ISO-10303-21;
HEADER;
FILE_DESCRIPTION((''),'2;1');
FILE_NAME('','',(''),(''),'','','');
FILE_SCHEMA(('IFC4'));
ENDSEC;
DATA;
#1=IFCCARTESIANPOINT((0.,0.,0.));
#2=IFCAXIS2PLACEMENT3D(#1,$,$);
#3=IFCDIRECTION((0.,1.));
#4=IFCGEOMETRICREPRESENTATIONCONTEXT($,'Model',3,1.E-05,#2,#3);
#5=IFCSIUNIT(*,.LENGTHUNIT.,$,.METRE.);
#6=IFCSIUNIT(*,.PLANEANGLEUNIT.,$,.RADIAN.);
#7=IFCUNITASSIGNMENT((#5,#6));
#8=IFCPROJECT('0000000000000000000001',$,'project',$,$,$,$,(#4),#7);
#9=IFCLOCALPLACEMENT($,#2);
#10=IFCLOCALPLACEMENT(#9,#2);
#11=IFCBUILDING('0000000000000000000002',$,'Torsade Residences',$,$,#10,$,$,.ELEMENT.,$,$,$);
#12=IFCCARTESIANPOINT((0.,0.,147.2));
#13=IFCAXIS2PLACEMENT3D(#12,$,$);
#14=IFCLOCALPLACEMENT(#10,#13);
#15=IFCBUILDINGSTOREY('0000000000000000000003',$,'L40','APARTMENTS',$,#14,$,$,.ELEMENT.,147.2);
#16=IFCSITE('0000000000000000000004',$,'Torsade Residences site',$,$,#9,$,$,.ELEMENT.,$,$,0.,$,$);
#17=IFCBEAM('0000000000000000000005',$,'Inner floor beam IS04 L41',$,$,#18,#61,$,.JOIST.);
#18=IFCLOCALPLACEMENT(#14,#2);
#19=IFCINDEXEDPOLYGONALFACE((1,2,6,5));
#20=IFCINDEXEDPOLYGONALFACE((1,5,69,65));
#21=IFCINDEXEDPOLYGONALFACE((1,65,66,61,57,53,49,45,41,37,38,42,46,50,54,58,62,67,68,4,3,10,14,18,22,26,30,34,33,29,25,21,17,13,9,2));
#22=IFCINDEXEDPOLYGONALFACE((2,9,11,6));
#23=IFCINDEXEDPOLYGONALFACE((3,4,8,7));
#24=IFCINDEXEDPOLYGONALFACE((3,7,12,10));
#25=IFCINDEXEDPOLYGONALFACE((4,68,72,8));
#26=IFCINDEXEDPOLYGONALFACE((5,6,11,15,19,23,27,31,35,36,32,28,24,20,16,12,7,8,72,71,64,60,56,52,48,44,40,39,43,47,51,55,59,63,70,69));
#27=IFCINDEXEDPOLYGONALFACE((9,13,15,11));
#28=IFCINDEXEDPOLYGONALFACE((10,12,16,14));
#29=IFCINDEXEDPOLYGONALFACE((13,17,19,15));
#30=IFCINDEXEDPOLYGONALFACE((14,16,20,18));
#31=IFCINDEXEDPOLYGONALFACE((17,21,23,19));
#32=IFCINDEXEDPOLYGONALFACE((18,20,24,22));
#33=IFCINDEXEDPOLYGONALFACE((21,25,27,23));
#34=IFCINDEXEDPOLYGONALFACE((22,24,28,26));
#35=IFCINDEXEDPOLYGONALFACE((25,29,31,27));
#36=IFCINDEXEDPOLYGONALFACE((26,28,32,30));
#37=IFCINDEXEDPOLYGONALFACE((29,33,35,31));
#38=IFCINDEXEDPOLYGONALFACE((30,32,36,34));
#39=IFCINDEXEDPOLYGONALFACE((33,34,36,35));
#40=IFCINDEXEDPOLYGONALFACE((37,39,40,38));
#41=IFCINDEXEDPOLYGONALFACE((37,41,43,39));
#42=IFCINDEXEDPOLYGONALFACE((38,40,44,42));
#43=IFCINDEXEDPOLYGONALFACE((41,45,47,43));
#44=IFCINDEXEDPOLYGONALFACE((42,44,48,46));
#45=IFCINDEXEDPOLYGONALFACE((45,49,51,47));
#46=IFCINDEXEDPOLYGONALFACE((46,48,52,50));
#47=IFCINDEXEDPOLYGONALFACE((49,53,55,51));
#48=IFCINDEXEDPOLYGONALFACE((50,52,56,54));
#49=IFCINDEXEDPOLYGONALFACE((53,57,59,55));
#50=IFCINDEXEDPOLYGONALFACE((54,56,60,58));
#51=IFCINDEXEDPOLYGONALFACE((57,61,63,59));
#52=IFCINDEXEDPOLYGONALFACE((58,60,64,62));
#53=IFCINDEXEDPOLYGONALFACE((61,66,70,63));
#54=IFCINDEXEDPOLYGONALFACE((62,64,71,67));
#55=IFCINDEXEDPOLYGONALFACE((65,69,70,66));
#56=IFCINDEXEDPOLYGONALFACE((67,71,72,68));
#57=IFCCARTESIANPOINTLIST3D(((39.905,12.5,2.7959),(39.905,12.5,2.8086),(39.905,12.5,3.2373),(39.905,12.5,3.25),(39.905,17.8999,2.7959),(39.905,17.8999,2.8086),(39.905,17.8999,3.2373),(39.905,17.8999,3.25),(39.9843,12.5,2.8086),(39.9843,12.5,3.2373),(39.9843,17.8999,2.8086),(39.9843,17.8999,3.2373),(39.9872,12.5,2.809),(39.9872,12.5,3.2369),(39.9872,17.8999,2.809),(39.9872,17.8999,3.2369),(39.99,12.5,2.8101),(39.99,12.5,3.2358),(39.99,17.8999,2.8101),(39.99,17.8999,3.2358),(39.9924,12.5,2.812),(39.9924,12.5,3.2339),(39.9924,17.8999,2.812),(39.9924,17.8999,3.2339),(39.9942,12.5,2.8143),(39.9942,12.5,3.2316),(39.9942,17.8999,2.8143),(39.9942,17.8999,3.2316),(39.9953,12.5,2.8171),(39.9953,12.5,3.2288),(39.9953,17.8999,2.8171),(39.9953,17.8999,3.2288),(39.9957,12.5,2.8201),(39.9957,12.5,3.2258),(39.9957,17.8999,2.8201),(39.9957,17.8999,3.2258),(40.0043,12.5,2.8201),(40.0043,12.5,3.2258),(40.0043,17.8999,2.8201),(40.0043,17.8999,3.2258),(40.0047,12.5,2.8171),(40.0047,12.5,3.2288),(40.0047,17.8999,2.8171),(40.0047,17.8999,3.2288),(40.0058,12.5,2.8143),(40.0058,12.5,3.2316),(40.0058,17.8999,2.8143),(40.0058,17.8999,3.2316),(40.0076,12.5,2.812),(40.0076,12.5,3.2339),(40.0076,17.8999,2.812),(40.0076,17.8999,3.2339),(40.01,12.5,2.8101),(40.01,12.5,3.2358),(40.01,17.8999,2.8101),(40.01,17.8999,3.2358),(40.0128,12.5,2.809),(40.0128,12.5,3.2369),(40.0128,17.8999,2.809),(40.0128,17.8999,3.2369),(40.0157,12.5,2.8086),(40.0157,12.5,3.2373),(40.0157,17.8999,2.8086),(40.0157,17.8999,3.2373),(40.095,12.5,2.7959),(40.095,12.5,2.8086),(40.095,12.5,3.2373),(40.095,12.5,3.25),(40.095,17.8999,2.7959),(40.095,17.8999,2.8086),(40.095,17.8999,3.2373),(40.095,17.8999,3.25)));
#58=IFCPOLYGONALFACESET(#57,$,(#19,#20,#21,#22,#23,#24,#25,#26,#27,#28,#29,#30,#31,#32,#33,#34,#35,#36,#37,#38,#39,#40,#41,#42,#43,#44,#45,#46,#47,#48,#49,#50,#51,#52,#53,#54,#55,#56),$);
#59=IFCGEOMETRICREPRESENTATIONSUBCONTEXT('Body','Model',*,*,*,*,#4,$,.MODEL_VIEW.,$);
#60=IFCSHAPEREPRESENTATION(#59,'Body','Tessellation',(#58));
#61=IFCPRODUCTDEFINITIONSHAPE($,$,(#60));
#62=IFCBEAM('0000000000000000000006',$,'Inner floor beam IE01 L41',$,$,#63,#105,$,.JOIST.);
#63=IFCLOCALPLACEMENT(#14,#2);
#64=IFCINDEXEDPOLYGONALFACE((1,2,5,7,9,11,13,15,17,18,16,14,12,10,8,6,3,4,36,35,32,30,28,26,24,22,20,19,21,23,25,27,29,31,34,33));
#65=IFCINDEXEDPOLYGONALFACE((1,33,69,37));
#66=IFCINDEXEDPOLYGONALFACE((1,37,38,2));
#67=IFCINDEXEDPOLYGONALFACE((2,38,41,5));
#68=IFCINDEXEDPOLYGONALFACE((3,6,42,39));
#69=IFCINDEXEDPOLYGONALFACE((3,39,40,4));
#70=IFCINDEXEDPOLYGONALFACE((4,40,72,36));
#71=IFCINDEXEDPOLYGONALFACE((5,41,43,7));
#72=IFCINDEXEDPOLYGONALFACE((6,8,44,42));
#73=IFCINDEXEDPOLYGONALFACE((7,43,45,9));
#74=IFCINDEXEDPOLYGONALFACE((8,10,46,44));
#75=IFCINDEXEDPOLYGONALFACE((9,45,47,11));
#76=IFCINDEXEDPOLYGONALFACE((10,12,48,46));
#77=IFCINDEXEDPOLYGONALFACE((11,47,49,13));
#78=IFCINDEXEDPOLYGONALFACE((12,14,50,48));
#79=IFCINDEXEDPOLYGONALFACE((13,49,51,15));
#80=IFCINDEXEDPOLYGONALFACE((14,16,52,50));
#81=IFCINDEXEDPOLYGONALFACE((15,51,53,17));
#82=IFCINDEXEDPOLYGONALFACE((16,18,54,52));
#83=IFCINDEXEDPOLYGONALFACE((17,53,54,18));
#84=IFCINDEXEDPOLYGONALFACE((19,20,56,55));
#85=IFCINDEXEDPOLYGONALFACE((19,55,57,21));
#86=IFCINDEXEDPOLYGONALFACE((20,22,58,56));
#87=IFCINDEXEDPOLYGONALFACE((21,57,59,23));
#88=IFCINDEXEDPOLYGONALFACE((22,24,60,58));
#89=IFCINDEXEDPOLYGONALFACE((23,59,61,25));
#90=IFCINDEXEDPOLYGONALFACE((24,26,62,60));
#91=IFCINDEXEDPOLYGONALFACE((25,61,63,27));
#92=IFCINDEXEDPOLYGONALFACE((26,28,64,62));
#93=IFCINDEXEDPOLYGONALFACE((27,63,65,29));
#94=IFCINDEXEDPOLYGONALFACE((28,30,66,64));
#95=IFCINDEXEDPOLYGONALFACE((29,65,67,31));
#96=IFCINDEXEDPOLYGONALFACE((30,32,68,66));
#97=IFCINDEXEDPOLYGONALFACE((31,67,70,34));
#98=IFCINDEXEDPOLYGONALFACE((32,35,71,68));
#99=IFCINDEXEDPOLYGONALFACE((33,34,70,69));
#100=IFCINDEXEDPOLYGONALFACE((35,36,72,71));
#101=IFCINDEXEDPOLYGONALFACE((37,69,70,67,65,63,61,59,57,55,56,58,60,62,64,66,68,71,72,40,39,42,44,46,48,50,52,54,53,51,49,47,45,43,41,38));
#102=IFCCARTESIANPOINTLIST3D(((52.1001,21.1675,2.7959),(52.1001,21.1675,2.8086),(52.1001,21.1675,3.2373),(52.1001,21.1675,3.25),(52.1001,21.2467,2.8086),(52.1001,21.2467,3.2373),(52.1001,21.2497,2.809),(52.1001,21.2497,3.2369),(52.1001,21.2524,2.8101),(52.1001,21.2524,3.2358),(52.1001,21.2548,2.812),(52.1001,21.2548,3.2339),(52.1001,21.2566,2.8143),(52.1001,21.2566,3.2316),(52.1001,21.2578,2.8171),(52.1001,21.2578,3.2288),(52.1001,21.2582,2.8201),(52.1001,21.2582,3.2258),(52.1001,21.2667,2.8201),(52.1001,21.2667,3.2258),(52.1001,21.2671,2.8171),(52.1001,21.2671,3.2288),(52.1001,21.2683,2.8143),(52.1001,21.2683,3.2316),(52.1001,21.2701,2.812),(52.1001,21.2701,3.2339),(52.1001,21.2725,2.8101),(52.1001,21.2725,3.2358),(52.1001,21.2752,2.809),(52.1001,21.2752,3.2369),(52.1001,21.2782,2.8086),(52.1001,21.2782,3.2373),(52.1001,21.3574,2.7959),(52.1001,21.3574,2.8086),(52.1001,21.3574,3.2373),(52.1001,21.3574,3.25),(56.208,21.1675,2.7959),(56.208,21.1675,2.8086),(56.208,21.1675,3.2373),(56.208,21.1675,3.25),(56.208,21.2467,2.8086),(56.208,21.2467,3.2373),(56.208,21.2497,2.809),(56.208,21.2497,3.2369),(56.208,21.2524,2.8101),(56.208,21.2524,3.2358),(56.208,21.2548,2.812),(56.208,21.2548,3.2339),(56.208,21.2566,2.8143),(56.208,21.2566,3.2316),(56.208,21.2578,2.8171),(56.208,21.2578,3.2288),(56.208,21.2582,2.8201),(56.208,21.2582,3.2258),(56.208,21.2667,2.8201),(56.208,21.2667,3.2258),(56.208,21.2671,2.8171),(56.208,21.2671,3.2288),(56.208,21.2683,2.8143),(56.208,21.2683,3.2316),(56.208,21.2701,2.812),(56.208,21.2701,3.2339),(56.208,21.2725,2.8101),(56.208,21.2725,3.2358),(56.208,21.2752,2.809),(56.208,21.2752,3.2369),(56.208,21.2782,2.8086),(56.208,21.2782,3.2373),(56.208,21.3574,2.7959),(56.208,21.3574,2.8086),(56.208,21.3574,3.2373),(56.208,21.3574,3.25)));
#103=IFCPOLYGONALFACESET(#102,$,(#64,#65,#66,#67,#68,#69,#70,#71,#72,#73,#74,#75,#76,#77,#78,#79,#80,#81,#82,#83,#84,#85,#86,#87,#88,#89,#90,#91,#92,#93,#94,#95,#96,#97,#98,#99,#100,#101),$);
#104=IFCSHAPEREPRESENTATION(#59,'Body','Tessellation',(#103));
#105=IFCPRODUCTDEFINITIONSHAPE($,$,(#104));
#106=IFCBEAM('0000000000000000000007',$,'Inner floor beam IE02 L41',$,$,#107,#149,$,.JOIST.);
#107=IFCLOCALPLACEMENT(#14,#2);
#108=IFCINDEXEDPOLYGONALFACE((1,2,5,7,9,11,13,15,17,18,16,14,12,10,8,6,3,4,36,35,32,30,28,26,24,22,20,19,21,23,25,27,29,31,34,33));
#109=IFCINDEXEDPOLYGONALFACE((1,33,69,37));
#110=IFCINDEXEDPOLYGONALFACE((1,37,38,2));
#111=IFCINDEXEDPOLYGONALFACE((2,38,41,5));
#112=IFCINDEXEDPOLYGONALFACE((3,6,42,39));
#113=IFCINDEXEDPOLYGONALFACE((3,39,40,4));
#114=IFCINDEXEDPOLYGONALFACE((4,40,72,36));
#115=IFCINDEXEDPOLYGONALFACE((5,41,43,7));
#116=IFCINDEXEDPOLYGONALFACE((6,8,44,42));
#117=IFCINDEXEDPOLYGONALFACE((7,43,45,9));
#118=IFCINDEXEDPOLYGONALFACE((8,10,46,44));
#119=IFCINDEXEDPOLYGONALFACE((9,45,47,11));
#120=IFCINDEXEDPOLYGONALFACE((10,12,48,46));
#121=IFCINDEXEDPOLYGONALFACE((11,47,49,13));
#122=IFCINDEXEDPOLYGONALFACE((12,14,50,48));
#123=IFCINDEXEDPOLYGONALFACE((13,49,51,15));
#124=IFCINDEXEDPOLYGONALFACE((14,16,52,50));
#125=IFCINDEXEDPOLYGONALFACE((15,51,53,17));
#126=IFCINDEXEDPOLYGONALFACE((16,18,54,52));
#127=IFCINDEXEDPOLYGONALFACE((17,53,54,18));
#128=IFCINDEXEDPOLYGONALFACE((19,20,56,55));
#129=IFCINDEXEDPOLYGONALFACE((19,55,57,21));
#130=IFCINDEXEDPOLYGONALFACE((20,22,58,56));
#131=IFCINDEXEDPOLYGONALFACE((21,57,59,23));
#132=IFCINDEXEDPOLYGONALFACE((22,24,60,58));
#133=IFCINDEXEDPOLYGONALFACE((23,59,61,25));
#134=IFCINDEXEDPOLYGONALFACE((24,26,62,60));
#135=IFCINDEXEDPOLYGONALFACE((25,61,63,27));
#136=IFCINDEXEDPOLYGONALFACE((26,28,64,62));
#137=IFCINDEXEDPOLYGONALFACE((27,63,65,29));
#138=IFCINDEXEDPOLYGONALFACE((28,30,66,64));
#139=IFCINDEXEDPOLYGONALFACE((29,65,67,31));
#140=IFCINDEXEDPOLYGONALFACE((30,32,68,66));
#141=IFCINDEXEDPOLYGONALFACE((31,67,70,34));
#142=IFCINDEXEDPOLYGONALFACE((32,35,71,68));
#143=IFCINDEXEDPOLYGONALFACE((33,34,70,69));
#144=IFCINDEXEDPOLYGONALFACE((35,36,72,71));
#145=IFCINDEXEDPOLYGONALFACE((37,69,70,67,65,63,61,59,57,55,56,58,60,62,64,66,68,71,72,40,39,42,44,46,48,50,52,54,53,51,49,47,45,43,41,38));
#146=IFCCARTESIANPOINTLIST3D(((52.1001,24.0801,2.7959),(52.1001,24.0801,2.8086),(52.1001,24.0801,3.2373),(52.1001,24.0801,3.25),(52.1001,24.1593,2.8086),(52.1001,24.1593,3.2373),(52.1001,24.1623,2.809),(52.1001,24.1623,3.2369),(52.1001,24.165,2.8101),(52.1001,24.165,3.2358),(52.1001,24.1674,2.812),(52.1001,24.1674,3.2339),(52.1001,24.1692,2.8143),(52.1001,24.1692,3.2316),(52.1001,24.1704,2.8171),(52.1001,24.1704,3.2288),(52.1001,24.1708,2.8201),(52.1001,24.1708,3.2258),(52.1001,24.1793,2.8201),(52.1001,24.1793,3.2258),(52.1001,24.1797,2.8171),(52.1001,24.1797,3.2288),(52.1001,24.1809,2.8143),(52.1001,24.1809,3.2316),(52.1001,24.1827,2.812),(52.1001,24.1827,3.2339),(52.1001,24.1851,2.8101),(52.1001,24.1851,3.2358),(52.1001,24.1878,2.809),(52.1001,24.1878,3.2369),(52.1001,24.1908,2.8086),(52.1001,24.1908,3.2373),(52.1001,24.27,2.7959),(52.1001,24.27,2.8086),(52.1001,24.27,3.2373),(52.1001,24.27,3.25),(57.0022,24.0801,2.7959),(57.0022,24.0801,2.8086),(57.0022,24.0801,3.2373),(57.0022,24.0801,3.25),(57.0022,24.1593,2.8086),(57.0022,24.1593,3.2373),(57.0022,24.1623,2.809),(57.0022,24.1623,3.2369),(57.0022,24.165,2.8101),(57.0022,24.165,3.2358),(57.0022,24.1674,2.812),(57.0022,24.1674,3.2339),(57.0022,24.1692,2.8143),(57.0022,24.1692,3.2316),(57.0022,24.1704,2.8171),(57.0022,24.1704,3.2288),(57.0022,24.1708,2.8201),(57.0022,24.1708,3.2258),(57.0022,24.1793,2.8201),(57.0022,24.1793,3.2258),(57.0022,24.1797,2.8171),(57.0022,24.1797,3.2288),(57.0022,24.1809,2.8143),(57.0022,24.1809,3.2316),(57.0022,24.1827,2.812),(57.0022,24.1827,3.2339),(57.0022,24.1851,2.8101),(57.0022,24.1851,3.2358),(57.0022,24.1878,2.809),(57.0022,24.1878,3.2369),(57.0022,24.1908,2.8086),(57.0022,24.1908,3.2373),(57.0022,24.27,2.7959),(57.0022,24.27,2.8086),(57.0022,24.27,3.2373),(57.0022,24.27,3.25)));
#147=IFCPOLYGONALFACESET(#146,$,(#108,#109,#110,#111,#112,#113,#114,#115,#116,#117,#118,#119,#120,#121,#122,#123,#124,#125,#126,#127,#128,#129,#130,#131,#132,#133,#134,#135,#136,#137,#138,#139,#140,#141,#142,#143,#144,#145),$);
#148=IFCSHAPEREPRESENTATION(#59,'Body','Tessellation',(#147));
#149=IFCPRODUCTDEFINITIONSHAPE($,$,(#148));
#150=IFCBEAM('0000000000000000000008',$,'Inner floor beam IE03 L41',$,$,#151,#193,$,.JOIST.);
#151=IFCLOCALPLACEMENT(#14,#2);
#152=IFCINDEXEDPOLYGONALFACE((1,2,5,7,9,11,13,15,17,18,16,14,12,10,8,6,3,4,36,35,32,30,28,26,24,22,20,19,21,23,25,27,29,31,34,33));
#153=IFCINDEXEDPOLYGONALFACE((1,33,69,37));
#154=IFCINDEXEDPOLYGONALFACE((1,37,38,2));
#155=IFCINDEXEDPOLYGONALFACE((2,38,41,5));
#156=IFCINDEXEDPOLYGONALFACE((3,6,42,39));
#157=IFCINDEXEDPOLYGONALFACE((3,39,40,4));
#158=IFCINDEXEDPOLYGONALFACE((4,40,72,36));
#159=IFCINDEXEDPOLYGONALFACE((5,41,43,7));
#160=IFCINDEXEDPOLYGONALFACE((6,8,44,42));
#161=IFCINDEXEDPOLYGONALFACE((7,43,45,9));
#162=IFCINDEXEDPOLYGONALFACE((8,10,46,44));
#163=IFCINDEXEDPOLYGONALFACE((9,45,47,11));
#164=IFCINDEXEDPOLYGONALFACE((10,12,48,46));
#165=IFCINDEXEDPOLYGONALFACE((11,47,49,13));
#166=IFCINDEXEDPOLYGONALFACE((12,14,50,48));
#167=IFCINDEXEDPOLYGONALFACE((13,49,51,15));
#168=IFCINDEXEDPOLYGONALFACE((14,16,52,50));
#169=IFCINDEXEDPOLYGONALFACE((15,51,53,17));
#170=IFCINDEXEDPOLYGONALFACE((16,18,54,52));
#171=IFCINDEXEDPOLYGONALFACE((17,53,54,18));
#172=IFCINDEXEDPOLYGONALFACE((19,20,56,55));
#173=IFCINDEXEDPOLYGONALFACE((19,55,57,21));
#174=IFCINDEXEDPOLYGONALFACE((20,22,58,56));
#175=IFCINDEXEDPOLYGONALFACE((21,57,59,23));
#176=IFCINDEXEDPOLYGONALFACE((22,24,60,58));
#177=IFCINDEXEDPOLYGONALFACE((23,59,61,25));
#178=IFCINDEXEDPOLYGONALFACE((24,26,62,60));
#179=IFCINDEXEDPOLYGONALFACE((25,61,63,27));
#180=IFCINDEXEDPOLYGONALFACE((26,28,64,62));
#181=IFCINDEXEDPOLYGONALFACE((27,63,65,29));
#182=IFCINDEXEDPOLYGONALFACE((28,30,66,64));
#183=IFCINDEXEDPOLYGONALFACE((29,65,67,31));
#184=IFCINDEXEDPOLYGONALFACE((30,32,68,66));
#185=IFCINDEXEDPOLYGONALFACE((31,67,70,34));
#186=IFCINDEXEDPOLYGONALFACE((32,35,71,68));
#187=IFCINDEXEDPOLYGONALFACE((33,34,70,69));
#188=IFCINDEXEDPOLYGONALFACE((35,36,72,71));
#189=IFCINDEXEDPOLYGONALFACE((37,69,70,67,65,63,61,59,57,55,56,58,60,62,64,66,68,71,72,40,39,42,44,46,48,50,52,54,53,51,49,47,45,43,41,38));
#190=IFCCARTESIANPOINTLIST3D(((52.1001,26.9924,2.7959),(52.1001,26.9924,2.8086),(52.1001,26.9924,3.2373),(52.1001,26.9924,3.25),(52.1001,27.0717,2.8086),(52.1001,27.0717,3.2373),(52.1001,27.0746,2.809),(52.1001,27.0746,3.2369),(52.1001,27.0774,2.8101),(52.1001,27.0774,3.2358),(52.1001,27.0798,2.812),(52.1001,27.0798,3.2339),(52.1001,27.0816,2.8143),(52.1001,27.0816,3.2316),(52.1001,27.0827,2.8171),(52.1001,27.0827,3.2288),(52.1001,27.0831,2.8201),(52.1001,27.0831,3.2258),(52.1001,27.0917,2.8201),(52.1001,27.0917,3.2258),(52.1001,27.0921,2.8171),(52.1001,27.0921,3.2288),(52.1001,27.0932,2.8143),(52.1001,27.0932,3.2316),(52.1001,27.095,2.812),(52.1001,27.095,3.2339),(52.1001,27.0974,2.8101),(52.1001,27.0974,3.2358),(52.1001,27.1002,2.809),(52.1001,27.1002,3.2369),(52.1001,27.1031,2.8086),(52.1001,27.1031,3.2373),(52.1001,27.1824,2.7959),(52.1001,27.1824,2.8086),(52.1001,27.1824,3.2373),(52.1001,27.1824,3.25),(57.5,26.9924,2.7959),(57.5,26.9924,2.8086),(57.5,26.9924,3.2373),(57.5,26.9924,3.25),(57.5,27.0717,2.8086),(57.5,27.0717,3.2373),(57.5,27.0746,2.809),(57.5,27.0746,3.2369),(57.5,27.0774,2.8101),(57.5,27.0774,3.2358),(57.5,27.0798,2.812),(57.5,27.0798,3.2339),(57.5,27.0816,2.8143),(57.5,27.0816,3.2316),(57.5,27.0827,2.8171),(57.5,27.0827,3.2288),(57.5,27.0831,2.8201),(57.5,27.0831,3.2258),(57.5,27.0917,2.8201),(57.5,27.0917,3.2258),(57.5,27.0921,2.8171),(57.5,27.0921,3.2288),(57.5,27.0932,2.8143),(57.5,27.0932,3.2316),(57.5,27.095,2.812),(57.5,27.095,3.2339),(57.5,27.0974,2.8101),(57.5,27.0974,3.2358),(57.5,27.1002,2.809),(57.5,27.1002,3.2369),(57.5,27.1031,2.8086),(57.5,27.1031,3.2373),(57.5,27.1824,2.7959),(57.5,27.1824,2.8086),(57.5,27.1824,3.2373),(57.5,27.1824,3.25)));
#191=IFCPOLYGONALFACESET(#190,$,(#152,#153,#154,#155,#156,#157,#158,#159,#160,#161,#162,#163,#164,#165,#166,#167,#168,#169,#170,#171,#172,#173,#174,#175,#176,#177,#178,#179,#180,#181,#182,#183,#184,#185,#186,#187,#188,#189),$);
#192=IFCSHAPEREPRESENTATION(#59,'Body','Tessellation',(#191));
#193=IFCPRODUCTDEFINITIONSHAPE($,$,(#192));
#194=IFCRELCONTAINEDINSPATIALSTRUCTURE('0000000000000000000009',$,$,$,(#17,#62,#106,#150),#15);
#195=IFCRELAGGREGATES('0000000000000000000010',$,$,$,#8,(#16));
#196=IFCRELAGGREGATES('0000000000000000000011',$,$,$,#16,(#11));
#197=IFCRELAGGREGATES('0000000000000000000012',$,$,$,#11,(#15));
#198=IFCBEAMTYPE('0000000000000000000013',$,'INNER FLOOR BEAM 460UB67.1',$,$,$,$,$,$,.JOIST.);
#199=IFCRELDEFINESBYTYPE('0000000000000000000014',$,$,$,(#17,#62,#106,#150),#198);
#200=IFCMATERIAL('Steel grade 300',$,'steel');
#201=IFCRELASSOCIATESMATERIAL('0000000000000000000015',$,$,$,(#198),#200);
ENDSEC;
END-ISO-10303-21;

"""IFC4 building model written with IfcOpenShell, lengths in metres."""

from ifc_helpers import new_model, si_unit, direction, frame, origin, origin_2d, place, context, subcontext, project, spatial, i_section, extrude, material, material_profile, profile_set, type_object, element, save


model = new_model("IFC4")

# Units and contexts
model_context = context("Model", 3, precision=1e-05, world=origin(), true_north=direction((0.0, 1.0)))
body_context = subcontext(model_context, "Body", "Model", "MODEL_VIEW")
ifc_project = project(units=[si_unit("LENGTHUNIT", "METRE"), si_unit("PLANEANGLEUNIT", "RADIAN")], contexts=[model_context])

# Site, building, storey
site_placement = place(None, origin())
site = spatial("IfcSite", under=ifc_project, at=site_placement, Name="Torsade Residences site", CompositionType="ELEMENT", RefElevation=0.0)
building_placement = place(site_placement, origin())
building = spatial("IfcBuilding", under=site, at=building_placement, Name="Torsade Residences", CompositionType="ELEMENT")
storey_placement = place(building_placement, frame((0.0, 0.0, 147.2)))
storey = spatial("IfcBuildingStorey", under=building, at=storey_placement, Name="L40", Description="APARTMENTS", CompositionType="ELEMENT", Elevation=147.2)

# Beams
ifc_material_1 = material(Name="Steel grade 300", Category="steel")
ifc_material_profile_1 = material_profile(ifc_material_1, i_section(OverallWidth=0.1899, OverallDepth=0.4541, WebThickness=0.0085, FlangeThickness=0.0127, FilletRadius=0.0115, at=origin_2d()), Name="460UB67.1")
ifc_profile_set_1 = profile_set([ifc_material_profile_1], Name="Steel grade 300")
beam_type = type_object("IfcBeamType", Name="INNER FLOOR BEAM 460UB67.1", PredefinedType="JOIST", material=ifc_profile_set_1)
for number, where, z_axis, x_axis, name in (
    (1, (40.0, 17.8999, 3.0229), (0.0, -1.0, 0.0), (1.0, 0.0, 0.0), "Inner floor beam IS04 L41"),
):
    element("IfcBeam", number, at=place(storey_placement, frame(where, z_axis=z_axis, x_axis=x_axis)), inside=storey, type_object=beam_type, Name=name, PredefinedType="JOIST", context=body_context, shape_type="SweptSolid", body=[
        extrude(i_section(OverallWidth=0.1899, OverallDepth=0.4541, WebThickness=0.0085, FlangeThickness=0.0127, FilletRadius=0.0115, at=origin_2d()), origin(), (0.0, 0.0, 1.0), 5.3999),
    ])
beam_1_placement = place(storey_placement, frame((52.1001, 21.2625, 3.0229), z_axis=(1.0, 0.0, 0.0), x_axis=(0.0, 1.0, 0.0)))
element("IfcBeam", 2, at=beam_1_placement, inside=storey, type_object=beam_type, Name="Inner floor beam IE01 L41", PredefinedType="JOIST", context=body_context, shape_type="SweptSolid", body=[
    extrude(i_section(OverallWidth=0.1899, OverallDepth=0.4541, WebThickness=0.0085, FlangeThickness=0.0127, FilletRadius=0.0115, at=origin_2d()), origin(), (0.0, 0.0, 1.0), 4.1079),
])
beam_2_placement = place(storey_placement, frame((52.1001, 24.175, 3.0229), z_axis=(1.0, 0.0, 0.0), x_axis=(0.0, 1.0, 0.0)))
element("IfcBeam", 3, at=beam_2_placement, inside=storey, type_object=beam_type, Name="Inner floor beam IE02 L41", PredefinedType="JOIST", context=body_context, shape_type="SweptSolid", body=[
    extrude(i_section(OverallWidth=0.1899, OverallDepth=0.4541, WebThickness=0.0085, FlangeThickness=0.0127, FilletRadius=0.0115, at=origin_2d()), origin(), (0.0, 0.0, 1.0), 4.9021),
])
beam_3_placement = place(storey_placement, frame((52.1001, 27.0874, 3.0229), z_axis=(1.0, 0.0, 0.0), x_axis=(0.0, 1.0, 0.0)))
element("IfcBeam", 4, at=beam_3_placement, inside=storey, type_object=beam_type, Name="Inner floor beam IE03 L41", PredefinedType="JOIST", context=body_context, shape_type="SweptSolid", body=[
    extrude(i_section(OverallWidth=0.1899, OverallDepth=0.4541, WebThickness=0.0085, FlangeThickness=0.0127, FilletRadius=0.0115, at=origin_2d()), origin(), (0.0, 0.0, 1.0), 5.3999),
])

save(model, "model.ifc")
